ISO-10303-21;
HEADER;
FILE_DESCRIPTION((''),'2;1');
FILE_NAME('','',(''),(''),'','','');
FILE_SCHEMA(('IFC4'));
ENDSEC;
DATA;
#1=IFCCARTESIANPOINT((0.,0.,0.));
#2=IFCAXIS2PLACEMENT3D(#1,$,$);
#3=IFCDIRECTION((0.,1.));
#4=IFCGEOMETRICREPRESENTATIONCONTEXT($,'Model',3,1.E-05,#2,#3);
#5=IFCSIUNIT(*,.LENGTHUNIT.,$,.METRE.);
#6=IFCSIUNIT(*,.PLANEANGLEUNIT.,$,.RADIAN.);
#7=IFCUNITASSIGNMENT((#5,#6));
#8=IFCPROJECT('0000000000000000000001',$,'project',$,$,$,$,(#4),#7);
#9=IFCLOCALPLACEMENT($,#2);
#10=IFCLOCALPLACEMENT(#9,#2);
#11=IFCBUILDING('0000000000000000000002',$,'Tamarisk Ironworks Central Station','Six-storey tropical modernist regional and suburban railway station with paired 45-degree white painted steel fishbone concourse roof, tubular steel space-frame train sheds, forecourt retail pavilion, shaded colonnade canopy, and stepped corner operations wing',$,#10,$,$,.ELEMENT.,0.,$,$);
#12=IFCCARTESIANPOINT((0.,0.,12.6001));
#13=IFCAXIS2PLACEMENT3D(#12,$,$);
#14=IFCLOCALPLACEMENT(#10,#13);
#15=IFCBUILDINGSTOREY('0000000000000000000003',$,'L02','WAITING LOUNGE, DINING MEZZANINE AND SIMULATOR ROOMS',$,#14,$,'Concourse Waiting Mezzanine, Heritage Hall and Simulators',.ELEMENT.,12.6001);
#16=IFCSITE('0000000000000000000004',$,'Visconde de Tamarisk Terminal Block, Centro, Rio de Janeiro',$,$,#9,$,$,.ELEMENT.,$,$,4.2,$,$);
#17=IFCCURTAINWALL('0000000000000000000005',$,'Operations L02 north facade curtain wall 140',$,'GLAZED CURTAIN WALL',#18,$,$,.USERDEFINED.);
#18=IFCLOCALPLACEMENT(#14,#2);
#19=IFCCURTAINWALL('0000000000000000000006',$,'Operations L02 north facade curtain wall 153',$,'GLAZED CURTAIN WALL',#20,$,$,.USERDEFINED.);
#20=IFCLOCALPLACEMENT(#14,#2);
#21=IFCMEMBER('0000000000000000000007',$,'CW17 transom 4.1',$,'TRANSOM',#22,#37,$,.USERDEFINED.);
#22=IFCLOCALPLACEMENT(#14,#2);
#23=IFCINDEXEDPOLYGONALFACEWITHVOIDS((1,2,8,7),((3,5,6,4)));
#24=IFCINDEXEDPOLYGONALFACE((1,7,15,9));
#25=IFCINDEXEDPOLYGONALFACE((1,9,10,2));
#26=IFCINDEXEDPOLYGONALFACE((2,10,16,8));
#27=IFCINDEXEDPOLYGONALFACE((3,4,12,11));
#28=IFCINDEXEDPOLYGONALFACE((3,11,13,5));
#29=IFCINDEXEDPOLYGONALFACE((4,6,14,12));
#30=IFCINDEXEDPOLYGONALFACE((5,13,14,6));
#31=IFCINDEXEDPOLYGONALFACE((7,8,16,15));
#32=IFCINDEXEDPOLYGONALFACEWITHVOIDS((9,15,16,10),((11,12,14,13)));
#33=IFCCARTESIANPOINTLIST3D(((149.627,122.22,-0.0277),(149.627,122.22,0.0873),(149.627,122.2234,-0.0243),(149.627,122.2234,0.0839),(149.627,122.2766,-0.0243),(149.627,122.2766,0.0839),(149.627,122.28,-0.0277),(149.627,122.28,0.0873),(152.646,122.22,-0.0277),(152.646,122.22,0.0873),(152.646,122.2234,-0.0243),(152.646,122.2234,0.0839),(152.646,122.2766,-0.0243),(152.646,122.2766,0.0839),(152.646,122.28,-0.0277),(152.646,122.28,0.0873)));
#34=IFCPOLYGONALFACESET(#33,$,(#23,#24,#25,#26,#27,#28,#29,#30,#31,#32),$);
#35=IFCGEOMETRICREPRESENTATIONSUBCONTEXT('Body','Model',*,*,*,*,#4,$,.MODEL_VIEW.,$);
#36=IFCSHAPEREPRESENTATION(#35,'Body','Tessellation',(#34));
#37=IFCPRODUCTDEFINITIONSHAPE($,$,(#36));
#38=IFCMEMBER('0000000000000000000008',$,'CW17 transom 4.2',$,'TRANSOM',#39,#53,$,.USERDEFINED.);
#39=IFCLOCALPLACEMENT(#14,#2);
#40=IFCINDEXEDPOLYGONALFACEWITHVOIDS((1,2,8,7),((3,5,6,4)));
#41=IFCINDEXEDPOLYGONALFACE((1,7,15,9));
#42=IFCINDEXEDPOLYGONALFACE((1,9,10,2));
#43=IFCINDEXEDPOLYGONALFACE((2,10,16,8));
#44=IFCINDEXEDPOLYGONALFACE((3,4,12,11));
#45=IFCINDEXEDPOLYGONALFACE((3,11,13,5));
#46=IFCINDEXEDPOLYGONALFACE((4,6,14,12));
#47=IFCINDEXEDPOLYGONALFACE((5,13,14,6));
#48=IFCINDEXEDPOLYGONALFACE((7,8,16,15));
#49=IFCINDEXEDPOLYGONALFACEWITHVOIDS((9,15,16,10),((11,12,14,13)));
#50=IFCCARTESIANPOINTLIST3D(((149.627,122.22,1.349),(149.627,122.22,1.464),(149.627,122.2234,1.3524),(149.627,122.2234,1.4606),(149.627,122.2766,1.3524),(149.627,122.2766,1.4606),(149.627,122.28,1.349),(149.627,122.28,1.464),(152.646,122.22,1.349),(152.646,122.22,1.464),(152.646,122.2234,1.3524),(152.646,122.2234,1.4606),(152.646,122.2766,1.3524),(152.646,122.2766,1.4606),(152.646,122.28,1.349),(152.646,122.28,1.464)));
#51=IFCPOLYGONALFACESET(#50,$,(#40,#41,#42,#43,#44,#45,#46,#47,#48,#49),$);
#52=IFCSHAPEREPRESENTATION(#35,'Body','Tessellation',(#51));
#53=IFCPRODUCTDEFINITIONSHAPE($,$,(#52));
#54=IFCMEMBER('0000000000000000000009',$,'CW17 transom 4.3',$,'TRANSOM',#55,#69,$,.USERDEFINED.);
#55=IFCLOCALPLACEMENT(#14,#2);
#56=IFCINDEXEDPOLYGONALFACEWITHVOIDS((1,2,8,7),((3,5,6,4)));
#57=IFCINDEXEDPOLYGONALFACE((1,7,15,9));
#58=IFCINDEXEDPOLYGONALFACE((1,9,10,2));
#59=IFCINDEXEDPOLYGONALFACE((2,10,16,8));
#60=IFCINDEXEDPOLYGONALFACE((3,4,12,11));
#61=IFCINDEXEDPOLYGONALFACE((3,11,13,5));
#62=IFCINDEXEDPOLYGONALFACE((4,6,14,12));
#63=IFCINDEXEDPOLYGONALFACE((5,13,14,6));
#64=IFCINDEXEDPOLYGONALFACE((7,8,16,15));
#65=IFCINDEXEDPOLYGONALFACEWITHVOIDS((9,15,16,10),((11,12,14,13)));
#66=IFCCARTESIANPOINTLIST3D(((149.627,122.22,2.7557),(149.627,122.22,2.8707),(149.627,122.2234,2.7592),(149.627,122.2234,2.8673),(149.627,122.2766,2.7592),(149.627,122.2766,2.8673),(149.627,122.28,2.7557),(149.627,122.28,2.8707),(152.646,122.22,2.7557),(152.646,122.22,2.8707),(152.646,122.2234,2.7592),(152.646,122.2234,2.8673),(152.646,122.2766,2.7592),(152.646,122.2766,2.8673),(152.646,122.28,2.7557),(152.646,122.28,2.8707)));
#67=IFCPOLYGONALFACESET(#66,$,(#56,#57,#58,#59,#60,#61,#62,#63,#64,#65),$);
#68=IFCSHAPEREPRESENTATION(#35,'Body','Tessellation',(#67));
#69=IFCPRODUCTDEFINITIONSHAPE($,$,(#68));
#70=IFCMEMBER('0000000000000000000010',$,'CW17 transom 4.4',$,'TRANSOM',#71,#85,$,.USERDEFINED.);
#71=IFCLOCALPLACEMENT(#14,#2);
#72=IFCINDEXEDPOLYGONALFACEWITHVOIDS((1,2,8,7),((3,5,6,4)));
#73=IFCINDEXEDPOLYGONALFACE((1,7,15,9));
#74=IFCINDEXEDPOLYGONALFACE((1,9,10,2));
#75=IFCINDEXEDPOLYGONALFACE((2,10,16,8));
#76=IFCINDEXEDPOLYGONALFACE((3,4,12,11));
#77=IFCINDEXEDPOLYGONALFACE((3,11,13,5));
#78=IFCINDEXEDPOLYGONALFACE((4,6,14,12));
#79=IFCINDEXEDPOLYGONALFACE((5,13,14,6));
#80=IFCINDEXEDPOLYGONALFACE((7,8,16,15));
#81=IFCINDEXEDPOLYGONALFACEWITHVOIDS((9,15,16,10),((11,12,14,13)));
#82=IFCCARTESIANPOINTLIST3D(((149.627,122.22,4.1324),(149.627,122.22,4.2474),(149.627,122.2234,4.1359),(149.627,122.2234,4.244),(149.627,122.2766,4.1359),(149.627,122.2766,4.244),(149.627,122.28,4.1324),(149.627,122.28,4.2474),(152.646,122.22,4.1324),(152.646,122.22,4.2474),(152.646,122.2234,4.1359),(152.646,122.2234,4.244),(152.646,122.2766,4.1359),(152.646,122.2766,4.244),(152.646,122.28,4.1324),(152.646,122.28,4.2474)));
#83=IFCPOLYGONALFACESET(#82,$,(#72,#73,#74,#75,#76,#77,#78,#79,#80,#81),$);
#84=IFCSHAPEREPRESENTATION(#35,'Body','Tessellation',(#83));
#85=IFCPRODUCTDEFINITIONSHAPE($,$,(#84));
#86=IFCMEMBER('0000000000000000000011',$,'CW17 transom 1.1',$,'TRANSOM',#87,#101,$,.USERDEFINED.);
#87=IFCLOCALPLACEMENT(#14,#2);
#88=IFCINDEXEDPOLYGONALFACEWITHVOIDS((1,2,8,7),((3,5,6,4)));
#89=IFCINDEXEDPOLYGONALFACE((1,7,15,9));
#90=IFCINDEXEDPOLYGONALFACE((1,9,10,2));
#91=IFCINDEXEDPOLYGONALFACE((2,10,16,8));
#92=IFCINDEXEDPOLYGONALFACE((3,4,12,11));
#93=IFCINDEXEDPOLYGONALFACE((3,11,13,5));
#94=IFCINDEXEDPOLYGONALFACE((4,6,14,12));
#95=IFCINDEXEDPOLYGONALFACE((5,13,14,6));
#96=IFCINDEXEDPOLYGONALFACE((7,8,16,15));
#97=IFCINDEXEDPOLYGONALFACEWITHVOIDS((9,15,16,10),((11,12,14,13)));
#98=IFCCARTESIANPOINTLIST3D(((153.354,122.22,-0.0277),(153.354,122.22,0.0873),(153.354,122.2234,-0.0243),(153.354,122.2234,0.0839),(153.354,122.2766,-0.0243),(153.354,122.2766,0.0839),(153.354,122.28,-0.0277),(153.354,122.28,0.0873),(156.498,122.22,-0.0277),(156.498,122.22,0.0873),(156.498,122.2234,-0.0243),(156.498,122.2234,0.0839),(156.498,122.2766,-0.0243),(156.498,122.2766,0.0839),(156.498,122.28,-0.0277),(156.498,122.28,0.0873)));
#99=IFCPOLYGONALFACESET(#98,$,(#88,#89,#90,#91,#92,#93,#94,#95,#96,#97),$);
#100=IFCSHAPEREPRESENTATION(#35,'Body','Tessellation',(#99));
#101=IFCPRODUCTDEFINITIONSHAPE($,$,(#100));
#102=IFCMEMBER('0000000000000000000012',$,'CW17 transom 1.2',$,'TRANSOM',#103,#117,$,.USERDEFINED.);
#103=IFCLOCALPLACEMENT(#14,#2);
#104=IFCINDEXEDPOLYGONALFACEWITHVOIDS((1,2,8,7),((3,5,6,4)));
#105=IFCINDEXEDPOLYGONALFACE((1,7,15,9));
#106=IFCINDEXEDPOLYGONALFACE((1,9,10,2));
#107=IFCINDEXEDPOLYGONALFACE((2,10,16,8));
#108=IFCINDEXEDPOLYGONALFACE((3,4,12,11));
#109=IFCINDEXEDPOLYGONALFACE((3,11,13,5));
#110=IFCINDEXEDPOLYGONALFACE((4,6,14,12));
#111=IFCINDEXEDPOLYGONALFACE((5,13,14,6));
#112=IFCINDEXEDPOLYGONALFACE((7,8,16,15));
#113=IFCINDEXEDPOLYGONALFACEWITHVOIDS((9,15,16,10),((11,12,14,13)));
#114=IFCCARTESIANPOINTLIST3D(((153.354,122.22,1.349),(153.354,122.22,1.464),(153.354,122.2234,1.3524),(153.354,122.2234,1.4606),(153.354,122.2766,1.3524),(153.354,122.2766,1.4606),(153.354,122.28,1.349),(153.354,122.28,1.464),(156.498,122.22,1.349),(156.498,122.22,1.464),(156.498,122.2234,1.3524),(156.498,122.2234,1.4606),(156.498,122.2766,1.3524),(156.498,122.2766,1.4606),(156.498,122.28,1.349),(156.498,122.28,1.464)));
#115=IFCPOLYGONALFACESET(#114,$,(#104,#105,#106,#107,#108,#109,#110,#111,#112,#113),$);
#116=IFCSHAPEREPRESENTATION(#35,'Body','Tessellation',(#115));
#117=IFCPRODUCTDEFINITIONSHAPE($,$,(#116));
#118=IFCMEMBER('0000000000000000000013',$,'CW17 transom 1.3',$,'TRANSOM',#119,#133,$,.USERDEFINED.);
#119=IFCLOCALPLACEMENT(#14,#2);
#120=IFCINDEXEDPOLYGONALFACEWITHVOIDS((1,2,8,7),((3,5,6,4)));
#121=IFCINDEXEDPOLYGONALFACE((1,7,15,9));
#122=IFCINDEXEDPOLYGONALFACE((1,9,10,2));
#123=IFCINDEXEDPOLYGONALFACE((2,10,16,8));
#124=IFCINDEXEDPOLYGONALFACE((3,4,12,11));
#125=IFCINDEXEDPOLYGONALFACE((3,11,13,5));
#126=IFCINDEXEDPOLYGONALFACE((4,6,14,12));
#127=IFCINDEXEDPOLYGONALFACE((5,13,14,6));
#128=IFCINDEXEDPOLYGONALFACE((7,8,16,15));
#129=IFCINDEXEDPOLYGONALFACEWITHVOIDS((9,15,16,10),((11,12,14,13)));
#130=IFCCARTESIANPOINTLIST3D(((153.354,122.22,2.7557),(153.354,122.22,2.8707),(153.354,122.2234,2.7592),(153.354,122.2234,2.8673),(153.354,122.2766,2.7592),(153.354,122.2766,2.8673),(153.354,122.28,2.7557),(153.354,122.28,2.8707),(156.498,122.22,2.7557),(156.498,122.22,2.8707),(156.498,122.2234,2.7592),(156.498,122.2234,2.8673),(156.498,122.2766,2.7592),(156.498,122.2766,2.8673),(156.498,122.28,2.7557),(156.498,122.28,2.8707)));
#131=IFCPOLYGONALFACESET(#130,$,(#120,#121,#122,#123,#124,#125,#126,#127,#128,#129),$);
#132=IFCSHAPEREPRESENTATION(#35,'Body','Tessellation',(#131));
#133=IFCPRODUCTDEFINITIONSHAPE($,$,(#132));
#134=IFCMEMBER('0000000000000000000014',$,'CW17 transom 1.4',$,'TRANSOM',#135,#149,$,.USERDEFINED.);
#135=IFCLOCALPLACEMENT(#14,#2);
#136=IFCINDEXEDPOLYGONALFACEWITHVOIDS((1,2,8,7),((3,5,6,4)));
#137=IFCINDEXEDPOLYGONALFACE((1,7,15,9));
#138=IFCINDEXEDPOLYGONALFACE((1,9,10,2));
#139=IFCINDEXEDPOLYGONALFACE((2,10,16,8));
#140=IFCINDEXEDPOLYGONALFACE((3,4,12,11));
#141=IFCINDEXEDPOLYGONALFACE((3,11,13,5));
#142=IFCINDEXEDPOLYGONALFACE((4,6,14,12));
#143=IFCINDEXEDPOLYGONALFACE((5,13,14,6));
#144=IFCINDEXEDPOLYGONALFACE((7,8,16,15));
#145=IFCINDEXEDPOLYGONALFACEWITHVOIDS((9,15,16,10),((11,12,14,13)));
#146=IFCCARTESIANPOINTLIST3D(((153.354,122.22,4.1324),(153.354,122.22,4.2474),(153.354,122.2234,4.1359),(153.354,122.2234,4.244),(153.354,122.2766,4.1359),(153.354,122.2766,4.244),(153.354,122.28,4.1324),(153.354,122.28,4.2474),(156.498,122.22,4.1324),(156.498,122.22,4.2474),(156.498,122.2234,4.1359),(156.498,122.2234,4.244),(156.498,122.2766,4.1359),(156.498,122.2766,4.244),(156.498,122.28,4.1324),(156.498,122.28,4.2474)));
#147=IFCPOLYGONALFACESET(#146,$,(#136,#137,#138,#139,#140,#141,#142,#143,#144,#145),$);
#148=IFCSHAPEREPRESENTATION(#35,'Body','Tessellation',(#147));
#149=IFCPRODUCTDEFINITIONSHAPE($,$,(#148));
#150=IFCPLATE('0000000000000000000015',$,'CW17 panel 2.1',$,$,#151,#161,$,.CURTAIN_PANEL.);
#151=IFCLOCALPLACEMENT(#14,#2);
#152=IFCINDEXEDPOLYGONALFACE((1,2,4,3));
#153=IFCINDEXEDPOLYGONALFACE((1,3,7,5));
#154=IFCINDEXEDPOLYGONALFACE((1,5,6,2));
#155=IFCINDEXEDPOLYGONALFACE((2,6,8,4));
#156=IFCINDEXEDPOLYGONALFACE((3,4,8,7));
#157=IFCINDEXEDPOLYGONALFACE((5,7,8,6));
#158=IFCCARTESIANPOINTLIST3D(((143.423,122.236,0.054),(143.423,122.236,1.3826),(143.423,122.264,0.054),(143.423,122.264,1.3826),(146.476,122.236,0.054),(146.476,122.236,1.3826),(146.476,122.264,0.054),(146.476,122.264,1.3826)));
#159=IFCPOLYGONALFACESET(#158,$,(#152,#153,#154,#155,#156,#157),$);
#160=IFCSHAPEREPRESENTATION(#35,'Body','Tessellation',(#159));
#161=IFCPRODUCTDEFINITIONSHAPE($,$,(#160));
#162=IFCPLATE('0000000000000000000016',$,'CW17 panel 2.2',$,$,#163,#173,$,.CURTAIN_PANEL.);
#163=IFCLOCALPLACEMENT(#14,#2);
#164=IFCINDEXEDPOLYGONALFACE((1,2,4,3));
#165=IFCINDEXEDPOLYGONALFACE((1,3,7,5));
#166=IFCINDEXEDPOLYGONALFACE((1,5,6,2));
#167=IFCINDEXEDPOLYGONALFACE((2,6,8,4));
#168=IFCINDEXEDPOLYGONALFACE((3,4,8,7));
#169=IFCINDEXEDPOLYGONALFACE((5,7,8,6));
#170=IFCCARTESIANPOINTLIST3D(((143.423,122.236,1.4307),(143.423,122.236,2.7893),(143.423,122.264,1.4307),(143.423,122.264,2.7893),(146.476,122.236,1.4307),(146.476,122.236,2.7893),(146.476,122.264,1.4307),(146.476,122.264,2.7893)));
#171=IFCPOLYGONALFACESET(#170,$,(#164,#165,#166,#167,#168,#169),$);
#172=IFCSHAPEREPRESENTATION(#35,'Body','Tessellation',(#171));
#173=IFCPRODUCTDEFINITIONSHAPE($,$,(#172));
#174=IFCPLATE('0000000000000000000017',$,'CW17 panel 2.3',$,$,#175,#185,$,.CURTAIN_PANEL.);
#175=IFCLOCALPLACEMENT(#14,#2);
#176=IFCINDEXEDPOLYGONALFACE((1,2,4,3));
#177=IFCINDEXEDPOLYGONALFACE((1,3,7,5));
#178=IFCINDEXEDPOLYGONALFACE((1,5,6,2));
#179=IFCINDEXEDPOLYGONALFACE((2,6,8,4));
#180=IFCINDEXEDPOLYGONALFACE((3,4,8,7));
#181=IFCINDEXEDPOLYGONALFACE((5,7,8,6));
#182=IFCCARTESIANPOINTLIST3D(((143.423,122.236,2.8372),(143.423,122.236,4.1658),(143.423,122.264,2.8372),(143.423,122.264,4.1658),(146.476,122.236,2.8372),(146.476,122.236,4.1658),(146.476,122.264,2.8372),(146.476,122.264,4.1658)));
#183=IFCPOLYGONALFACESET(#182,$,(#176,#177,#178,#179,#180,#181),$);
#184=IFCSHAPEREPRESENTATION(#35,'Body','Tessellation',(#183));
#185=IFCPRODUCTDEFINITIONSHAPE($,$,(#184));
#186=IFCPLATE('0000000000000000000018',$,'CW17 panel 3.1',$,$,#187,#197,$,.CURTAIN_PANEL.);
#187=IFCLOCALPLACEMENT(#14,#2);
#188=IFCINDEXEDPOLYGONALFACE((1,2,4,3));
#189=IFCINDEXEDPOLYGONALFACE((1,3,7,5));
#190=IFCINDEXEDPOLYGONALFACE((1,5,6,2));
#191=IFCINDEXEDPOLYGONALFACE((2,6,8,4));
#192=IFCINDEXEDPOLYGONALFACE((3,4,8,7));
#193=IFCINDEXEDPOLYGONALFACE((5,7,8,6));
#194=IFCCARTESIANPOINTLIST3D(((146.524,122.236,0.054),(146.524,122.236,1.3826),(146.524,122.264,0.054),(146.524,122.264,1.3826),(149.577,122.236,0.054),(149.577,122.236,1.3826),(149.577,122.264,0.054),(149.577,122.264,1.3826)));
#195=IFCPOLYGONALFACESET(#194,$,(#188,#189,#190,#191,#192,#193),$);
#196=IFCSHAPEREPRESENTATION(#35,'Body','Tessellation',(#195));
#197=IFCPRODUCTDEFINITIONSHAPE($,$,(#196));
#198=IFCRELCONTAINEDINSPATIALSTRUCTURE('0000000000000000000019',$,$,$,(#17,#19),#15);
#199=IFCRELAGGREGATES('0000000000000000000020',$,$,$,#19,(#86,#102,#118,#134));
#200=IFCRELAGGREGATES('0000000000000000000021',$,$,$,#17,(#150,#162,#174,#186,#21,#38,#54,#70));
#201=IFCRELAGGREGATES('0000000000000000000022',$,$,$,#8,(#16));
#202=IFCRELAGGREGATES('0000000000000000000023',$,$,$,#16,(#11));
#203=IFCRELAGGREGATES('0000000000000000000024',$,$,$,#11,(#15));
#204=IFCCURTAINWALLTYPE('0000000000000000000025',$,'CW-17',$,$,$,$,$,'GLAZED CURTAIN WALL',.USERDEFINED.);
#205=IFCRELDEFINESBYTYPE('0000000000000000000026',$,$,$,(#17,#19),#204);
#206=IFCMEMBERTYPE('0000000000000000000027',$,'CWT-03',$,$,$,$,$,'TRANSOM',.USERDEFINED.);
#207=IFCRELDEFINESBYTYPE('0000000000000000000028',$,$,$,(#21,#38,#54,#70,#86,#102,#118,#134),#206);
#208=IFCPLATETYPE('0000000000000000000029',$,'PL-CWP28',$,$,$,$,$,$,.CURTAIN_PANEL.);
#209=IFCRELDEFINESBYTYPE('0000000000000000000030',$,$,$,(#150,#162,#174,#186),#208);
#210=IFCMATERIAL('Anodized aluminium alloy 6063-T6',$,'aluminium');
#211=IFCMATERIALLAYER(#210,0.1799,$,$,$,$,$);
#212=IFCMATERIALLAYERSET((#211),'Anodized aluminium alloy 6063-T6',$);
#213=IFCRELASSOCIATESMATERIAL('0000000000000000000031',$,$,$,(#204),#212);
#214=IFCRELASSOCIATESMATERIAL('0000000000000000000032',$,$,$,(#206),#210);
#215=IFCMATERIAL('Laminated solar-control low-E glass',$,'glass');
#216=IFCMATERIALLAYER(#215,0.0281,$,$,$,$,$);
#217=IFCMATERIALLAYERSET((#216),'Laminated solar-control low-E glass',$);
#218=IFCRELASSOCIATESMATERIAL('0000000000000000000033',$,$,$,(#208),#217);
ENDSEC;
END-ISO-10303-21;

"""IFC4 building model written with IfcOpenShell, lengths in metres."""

from ifc_helpers import new_model, si_unit, direction, frame, origin, origin_2d, place, context, subcontext, project, spatial, rectangle, hollow_rectangle, extrude, material, layer, layer_set, material_profile, profile_set, type_object, element, aggregate, save


model = new_model("IFC4")

# Units and contexts
model_context = context("Model", 3, precision=1e-05, world=origin(), true_north=direction((0.0, 1.0)))
body_context = subcontext(model_context, "Body", "Model", "MODEL_VIEW")
ifc_project = project(units=[si_unit("LENGTHUNIT", "METRE"), si_unit("PLANEANGLEUNIT", "RADIAN")], contexts=[model_context])

# Site, building, storey
site_placement = place(None, origin())
site = spatial("IfcSite", under=ifc_project, at=site_placement, Name="Visconde de Tamarisk Terminal Block, Centro, Rio de Janeiro", CompositionType="ELEMENT", RefElevation=4.2)
building_placement = place(site_placement, origin())
building = spatial("IfcBuilding", under=site, at=building_placement, Name="Tamarisk Ironworks Central Station", Description="Six-storey tropical modernist regional and suburban railway station with paired 45-degree white painted steel fishbone concourse roof, tubular steel space-frame train sheds, forecourt retail pavilion, shaded colonnade canopy, and stepped corner operations wing", CompositionType="ELEMENT", ElevationOfRefHeight=0.0)
storey_placement = place(building_placement, frame((0.0, 0.0, 12.6001)))
storey = spatial("IfcBuildingStorey", under=building, at=storey_placement, Name="L02", Description="WAITING LOUNGE, DINING MEZZANINE AND SIMULATOR ROOMS", LongName="Concourse Waiting Mezzanine, Heritage Hall and Simulators", CompositionType="ELEMENT", Elevation=12.6001)

# Curtain wall
ifc_material_1 = material(Name="Anodized aluminium alloy 6063-T6", Category="aluminium")
ifc_layer_1 = layer(ifc_material_1, 0.1799)
ifc_layer_set_1 = layer_set([ifc_layer_1], Name="Anodized aluminium alloy 6063-T6")
curtain_wall_type = type_object("IfcCurtainWallType", Name="CW-17", ElementType="GLAZED CURTAIN WALL", PredefinedType="USERDEFINED", material=ifc_layer_set_1)
curtain_wall_1_placement = place(storey_placement, origin())
curtain_wall_1 = element("IfcCurtainWall", 1, at=curtain_wall_1_placement, inside=storey, type_object=curtain_wall_type, Name="Operations L02 north facade curtain wall 140", ObjectType="GLAZED CURTAIN WALL", PredefinedType="USERDEFINED")

# Curtain wall
curtain_wall_2_placement = place(storey_placement, origin())
curtain_wall_2 = element("IfcCurtainWall", 2, at=curtain_wall_2_placement, inside=storey, type_object=curtain_wall_type, Name="Operations L02 north facade curtain wall 153", ObjectType="GLAZED CURTAIN WALL", PredefinedType="USERDEFINED")

# Members
ifc_material_profile_1 = material_profile(ifc_material_1, hollow_rectangle(XDim=0.0601, YDim=0.115, WallThickness=0.0034, at=origin_2d()), Name="ALUM 115x60")
ifc_profile_set_1 = profile_set([ifc_material_profile_1], Name="Anodized aluminium alloy 6063-T6")
member_type_1 = type_object("IfcMemberType", Name="CWT-03", ElementType="TRANSOM", PredefinedType="USERDEFINED", material=ifc_profile_set_1)
member_1_placement = place(storey_placement, frame((149.627, 122.25, 0.0298), z_axis=(1.0, 0.0, 0.0), x_axis=(0.0, 1.0, 0.0)))
member_1 = element("IfcMember", 3, at=member_1_placement, type_object=member_type_1, Name="CW17 transom 4.1", ObjectType="TRANSOM", PredefinedType="USERDEFINED", context=body_context, shape_type="SweptSolid", body=[
    extrude(hollow_rectangle(XDim=0.0601, YDim=0.115, WallThickness=0.0034, at=origin_2d()), origin(), (0.0, 0.0, 1.0), 3.019),
])
member_2_placement = place(storey_placement, frame((149.627, 122.25, 1.4065), z_axis=(1.0, 0.0, 0.0), x_axis=(0.0, 1.0, 0.0)))
member_2 = element("IfcMember", 4, at=member_2_placement, type_object=member_type_1, Name="CW17 transom 4.2", ObjectType="TRANSOM", PredefinedType="USERDEFINED", context=body_context, shape_type="SweptSolid", body=[
    extrude(hollow_rectangle(XDim=0.0601, YDim=0.115, WallThickness=0.0034, at=origin_2d()), origin(), (0.0, 0.0, 1.0), 3.019),
])
member_3_placement = place(storey_placement, frame((149.627, 122.25, 2.8132), z_axis=(1.0, 0.0, 0.0), x_axis=(0.0, 1.0, 0.0)))
member_3 = element("IfcMember", 5, at=member_3_placement, type_object=member_type_1, Name="CW17 transom 4.3", ObjectType="TRANSOM", PredefinedType="USERDEFINED", context=body_context, shape_type="SweptSolid", body=[
    extrude(hollow_rectangle(XDim=0.0601, YDim=0.115, WallThickness=0.0034, at=origin_2d()), origin(), (0.0, 0.0, 1.0), 3.019),
])
member_4_placement = place(storey_placement, frame((149.627, 122.25, 4.1899), z_axis=(1.0, 0.0, 0.0), x_axis=(0.0, 1.0, 0.0)))
member_4 = element("IfcMember", 6, at=member_4_placement, type_object=member_type_1, Name="CW17 transom 4.4", ObjectType="TRANSOM", PredefinedType="USERDEFINED", context=body_context, shape_type="SweptSolid", body=[
    extrude(hollow_rectangle(XDim=0.0601, YDim=0.115, WallThickness=0.0034, at=origin_2d()), origin(), (0.0, 0.0, 1.0), 3.019),
])
member_5_placement = place(storey_placement, frame((153.354, 122.25, 0.0298), z_axis=(1.0, 0.0, 0.0), x_axis=(0.0, 1.0, 0.0)))
member_5 = element("IfcMember", 7, at=member_5_placement, type_object=member_type_1, Name="CW17 transom 1.1", ObjectType="TRANSOM", PredefinedType="USERDEFINED", context=body_context, shape_type="SweptSolid", body=[
    extrude(hollow_rectangle(XDim=0.0601, YDim=0.115, WallThickness=0.0034, at=origin_2d()), origin(), (0.0, 0.0, 1.0), 3.144),
])
member_6_placement = place(storey_placement, frame((153.354, 122.25, 1.4065), z_axis=(1.0, 0.0, 0.0), x_axis=(0.0, 1.0, 0.0)))
member_6 = element("IfcMember", 8, at=member_6_placement, type_object=member_type_1, Name="CW17 transom 1.2", ObjectType="TRANSOM", PredefinedType="USERDEFINED", context=body_context, shape_type="SweptSolid", body=[
    extrude(hollow_rectangle(XDim=0.0601, YDim=0.115, WallThickness=0.0034, at=origin_2d()), origin(), (0.0, 0.0, 1.0), 3.144),
])
member_7_placement = place(storey_placement, frame((153.354, 122.25, 2.8132), z_axis=(1.0, 0.0, 0.0), x_axis=(0.0, 1.0, 0.0)))
member_7 = element("IfcMember", 9, at=member_7_placement, type_object=member_type_1, Name="CW17 transom 1.3", ObjectType="TRANSOM", PredefinedType="USERDEFINED", context=body_context, shape_type="SweptSolid", body=[
    extrude(hollow_rectangle(XDim=0.0601, YDim=0.115, WallThickness=0.0034, at=origin_2d()), origin(), (0.0, 0.0, 1.0), 3.144),
])
member_8_placement = place(storey_placement, frame((153.354, 122.25, 4.1899), z_axis=(1.0, 0.0, 0.0), x_axis=(0.0, 1.0, 0.0)))
member_8 = element("IfcMember", 10, at=member_8_placement, type_object=member_type_1, Name="CW17 transom 1.4", ObjectType="TRANSOM", PredefinedType="USERDEFINED", context=body_context, shape_type="SweptSolid", body=[
    extrude(hollow_rectangle(XDim=0.0601, YDim=0.115, WallThickness=0.0034, at=origin_2d()), origin(), (0.0, 0.0, 1.0), 3.144),
])
aggregate(curtain_wall_2, [member_5, member_6, member_7, member_8])

# Plates
ifc_material_2 = material(Name="Laminated solar-control low-E glass", Category="glass")
ifc_layer_2 = layer(ifc_material_2, 0.0281)
ifc_layer_set_2 = layer_set([ifc_layer_2], Name="Laminated solar-control low-E glass")
plate_type = type_object("IfcPlateType", Name="PL-CWP28", PredefinedType="CURTAIN_PANEL", material=ifc_layer_set_2)
plate_1_placement = place(storey_placement, frame((144.9495, 122.25, 0.054), z_axis=(0.0, 0.0, 1.0), x_axis=(1.0, 0.0, 0.0)))
plate_1 = element("IfcPlate", 11, at=plate_1_placement, type_object=plate_type, Name="CW17 panel 2.1", PredefinedType="CURTAIN_PANEL", context=body_context, shape_type="SweptSolid", body=[
    extrude(rectangle(XDim=3.053, YDim=0.0281, at=origin_2d()), origin(), (0.0, 0.0, 1.0), 1.3286),
])
plate_2_placement = place(storey_placement, frame((144.9495, 122.25, 1.4307), z_axis=(0.0, 0.0, 1.0), x_axis=(1.0, 0.0, 0.0)))
plate_2 = element("IfcPlate", 12, at=plate_2_placement, type_object=plate_type, Name="CW17 panel 2.2", PredefinedType="CURTAIN_PANEL", context=body_context, shape_type="SweptSolid", body=[
    extrude(rectangle(XDim=3.053, YDim=0.0281, at=origin_2d()), origin(), (0.0, 0.0, 1.0), 1.3586),
])
plate_3_placement = place(storey_placement, frame((144.9495, 122.25, 2.8372), z_axis=(0.0, 0.0, 1.0), x_axis=(1.0, 0.0, 0.0)))
plate_3 = element("IfcPlate", 13, at=plate_3_placement, type_object=plate_type, Name="CW17 panel 2.3", PredefinedType="CURTAIN_PANEL", context=body_context, shape_type="SweptSolid", body=[
    extrude(rectangle(XDim=3.053, YDim=0.0281, at=origin_2d()), origin(), (0.0, 0.0, 1.0), 1.3286),
])
plate_4_placement = place(storey_placement, frame((148.0505, 122.25, 0.054), z_axis=(0.0, 0.0, 1.0), x_axis=(1.0, 0.0, 0.0)))
plate_4 = element("IfcPlate", 14, at=plate_4_placement, type_object=plate_type, Name="CW17 panel 3.1", PredefinedType="CURTAIN_PANEL", context=body_context, shape_type="SweptSolid", body=[
    extrude(rectangle(XDim=3.053, YDim=0.0281, at=origin_2d()), origin(), (0.0, 0.0, 1.0), 1.3286),
])
aggregate(curtain_wall_1, [plate_1, plate_2, plate_3, plate_4, member_1, member_2, member_3, member_4])

save(model, "model.ifc")
